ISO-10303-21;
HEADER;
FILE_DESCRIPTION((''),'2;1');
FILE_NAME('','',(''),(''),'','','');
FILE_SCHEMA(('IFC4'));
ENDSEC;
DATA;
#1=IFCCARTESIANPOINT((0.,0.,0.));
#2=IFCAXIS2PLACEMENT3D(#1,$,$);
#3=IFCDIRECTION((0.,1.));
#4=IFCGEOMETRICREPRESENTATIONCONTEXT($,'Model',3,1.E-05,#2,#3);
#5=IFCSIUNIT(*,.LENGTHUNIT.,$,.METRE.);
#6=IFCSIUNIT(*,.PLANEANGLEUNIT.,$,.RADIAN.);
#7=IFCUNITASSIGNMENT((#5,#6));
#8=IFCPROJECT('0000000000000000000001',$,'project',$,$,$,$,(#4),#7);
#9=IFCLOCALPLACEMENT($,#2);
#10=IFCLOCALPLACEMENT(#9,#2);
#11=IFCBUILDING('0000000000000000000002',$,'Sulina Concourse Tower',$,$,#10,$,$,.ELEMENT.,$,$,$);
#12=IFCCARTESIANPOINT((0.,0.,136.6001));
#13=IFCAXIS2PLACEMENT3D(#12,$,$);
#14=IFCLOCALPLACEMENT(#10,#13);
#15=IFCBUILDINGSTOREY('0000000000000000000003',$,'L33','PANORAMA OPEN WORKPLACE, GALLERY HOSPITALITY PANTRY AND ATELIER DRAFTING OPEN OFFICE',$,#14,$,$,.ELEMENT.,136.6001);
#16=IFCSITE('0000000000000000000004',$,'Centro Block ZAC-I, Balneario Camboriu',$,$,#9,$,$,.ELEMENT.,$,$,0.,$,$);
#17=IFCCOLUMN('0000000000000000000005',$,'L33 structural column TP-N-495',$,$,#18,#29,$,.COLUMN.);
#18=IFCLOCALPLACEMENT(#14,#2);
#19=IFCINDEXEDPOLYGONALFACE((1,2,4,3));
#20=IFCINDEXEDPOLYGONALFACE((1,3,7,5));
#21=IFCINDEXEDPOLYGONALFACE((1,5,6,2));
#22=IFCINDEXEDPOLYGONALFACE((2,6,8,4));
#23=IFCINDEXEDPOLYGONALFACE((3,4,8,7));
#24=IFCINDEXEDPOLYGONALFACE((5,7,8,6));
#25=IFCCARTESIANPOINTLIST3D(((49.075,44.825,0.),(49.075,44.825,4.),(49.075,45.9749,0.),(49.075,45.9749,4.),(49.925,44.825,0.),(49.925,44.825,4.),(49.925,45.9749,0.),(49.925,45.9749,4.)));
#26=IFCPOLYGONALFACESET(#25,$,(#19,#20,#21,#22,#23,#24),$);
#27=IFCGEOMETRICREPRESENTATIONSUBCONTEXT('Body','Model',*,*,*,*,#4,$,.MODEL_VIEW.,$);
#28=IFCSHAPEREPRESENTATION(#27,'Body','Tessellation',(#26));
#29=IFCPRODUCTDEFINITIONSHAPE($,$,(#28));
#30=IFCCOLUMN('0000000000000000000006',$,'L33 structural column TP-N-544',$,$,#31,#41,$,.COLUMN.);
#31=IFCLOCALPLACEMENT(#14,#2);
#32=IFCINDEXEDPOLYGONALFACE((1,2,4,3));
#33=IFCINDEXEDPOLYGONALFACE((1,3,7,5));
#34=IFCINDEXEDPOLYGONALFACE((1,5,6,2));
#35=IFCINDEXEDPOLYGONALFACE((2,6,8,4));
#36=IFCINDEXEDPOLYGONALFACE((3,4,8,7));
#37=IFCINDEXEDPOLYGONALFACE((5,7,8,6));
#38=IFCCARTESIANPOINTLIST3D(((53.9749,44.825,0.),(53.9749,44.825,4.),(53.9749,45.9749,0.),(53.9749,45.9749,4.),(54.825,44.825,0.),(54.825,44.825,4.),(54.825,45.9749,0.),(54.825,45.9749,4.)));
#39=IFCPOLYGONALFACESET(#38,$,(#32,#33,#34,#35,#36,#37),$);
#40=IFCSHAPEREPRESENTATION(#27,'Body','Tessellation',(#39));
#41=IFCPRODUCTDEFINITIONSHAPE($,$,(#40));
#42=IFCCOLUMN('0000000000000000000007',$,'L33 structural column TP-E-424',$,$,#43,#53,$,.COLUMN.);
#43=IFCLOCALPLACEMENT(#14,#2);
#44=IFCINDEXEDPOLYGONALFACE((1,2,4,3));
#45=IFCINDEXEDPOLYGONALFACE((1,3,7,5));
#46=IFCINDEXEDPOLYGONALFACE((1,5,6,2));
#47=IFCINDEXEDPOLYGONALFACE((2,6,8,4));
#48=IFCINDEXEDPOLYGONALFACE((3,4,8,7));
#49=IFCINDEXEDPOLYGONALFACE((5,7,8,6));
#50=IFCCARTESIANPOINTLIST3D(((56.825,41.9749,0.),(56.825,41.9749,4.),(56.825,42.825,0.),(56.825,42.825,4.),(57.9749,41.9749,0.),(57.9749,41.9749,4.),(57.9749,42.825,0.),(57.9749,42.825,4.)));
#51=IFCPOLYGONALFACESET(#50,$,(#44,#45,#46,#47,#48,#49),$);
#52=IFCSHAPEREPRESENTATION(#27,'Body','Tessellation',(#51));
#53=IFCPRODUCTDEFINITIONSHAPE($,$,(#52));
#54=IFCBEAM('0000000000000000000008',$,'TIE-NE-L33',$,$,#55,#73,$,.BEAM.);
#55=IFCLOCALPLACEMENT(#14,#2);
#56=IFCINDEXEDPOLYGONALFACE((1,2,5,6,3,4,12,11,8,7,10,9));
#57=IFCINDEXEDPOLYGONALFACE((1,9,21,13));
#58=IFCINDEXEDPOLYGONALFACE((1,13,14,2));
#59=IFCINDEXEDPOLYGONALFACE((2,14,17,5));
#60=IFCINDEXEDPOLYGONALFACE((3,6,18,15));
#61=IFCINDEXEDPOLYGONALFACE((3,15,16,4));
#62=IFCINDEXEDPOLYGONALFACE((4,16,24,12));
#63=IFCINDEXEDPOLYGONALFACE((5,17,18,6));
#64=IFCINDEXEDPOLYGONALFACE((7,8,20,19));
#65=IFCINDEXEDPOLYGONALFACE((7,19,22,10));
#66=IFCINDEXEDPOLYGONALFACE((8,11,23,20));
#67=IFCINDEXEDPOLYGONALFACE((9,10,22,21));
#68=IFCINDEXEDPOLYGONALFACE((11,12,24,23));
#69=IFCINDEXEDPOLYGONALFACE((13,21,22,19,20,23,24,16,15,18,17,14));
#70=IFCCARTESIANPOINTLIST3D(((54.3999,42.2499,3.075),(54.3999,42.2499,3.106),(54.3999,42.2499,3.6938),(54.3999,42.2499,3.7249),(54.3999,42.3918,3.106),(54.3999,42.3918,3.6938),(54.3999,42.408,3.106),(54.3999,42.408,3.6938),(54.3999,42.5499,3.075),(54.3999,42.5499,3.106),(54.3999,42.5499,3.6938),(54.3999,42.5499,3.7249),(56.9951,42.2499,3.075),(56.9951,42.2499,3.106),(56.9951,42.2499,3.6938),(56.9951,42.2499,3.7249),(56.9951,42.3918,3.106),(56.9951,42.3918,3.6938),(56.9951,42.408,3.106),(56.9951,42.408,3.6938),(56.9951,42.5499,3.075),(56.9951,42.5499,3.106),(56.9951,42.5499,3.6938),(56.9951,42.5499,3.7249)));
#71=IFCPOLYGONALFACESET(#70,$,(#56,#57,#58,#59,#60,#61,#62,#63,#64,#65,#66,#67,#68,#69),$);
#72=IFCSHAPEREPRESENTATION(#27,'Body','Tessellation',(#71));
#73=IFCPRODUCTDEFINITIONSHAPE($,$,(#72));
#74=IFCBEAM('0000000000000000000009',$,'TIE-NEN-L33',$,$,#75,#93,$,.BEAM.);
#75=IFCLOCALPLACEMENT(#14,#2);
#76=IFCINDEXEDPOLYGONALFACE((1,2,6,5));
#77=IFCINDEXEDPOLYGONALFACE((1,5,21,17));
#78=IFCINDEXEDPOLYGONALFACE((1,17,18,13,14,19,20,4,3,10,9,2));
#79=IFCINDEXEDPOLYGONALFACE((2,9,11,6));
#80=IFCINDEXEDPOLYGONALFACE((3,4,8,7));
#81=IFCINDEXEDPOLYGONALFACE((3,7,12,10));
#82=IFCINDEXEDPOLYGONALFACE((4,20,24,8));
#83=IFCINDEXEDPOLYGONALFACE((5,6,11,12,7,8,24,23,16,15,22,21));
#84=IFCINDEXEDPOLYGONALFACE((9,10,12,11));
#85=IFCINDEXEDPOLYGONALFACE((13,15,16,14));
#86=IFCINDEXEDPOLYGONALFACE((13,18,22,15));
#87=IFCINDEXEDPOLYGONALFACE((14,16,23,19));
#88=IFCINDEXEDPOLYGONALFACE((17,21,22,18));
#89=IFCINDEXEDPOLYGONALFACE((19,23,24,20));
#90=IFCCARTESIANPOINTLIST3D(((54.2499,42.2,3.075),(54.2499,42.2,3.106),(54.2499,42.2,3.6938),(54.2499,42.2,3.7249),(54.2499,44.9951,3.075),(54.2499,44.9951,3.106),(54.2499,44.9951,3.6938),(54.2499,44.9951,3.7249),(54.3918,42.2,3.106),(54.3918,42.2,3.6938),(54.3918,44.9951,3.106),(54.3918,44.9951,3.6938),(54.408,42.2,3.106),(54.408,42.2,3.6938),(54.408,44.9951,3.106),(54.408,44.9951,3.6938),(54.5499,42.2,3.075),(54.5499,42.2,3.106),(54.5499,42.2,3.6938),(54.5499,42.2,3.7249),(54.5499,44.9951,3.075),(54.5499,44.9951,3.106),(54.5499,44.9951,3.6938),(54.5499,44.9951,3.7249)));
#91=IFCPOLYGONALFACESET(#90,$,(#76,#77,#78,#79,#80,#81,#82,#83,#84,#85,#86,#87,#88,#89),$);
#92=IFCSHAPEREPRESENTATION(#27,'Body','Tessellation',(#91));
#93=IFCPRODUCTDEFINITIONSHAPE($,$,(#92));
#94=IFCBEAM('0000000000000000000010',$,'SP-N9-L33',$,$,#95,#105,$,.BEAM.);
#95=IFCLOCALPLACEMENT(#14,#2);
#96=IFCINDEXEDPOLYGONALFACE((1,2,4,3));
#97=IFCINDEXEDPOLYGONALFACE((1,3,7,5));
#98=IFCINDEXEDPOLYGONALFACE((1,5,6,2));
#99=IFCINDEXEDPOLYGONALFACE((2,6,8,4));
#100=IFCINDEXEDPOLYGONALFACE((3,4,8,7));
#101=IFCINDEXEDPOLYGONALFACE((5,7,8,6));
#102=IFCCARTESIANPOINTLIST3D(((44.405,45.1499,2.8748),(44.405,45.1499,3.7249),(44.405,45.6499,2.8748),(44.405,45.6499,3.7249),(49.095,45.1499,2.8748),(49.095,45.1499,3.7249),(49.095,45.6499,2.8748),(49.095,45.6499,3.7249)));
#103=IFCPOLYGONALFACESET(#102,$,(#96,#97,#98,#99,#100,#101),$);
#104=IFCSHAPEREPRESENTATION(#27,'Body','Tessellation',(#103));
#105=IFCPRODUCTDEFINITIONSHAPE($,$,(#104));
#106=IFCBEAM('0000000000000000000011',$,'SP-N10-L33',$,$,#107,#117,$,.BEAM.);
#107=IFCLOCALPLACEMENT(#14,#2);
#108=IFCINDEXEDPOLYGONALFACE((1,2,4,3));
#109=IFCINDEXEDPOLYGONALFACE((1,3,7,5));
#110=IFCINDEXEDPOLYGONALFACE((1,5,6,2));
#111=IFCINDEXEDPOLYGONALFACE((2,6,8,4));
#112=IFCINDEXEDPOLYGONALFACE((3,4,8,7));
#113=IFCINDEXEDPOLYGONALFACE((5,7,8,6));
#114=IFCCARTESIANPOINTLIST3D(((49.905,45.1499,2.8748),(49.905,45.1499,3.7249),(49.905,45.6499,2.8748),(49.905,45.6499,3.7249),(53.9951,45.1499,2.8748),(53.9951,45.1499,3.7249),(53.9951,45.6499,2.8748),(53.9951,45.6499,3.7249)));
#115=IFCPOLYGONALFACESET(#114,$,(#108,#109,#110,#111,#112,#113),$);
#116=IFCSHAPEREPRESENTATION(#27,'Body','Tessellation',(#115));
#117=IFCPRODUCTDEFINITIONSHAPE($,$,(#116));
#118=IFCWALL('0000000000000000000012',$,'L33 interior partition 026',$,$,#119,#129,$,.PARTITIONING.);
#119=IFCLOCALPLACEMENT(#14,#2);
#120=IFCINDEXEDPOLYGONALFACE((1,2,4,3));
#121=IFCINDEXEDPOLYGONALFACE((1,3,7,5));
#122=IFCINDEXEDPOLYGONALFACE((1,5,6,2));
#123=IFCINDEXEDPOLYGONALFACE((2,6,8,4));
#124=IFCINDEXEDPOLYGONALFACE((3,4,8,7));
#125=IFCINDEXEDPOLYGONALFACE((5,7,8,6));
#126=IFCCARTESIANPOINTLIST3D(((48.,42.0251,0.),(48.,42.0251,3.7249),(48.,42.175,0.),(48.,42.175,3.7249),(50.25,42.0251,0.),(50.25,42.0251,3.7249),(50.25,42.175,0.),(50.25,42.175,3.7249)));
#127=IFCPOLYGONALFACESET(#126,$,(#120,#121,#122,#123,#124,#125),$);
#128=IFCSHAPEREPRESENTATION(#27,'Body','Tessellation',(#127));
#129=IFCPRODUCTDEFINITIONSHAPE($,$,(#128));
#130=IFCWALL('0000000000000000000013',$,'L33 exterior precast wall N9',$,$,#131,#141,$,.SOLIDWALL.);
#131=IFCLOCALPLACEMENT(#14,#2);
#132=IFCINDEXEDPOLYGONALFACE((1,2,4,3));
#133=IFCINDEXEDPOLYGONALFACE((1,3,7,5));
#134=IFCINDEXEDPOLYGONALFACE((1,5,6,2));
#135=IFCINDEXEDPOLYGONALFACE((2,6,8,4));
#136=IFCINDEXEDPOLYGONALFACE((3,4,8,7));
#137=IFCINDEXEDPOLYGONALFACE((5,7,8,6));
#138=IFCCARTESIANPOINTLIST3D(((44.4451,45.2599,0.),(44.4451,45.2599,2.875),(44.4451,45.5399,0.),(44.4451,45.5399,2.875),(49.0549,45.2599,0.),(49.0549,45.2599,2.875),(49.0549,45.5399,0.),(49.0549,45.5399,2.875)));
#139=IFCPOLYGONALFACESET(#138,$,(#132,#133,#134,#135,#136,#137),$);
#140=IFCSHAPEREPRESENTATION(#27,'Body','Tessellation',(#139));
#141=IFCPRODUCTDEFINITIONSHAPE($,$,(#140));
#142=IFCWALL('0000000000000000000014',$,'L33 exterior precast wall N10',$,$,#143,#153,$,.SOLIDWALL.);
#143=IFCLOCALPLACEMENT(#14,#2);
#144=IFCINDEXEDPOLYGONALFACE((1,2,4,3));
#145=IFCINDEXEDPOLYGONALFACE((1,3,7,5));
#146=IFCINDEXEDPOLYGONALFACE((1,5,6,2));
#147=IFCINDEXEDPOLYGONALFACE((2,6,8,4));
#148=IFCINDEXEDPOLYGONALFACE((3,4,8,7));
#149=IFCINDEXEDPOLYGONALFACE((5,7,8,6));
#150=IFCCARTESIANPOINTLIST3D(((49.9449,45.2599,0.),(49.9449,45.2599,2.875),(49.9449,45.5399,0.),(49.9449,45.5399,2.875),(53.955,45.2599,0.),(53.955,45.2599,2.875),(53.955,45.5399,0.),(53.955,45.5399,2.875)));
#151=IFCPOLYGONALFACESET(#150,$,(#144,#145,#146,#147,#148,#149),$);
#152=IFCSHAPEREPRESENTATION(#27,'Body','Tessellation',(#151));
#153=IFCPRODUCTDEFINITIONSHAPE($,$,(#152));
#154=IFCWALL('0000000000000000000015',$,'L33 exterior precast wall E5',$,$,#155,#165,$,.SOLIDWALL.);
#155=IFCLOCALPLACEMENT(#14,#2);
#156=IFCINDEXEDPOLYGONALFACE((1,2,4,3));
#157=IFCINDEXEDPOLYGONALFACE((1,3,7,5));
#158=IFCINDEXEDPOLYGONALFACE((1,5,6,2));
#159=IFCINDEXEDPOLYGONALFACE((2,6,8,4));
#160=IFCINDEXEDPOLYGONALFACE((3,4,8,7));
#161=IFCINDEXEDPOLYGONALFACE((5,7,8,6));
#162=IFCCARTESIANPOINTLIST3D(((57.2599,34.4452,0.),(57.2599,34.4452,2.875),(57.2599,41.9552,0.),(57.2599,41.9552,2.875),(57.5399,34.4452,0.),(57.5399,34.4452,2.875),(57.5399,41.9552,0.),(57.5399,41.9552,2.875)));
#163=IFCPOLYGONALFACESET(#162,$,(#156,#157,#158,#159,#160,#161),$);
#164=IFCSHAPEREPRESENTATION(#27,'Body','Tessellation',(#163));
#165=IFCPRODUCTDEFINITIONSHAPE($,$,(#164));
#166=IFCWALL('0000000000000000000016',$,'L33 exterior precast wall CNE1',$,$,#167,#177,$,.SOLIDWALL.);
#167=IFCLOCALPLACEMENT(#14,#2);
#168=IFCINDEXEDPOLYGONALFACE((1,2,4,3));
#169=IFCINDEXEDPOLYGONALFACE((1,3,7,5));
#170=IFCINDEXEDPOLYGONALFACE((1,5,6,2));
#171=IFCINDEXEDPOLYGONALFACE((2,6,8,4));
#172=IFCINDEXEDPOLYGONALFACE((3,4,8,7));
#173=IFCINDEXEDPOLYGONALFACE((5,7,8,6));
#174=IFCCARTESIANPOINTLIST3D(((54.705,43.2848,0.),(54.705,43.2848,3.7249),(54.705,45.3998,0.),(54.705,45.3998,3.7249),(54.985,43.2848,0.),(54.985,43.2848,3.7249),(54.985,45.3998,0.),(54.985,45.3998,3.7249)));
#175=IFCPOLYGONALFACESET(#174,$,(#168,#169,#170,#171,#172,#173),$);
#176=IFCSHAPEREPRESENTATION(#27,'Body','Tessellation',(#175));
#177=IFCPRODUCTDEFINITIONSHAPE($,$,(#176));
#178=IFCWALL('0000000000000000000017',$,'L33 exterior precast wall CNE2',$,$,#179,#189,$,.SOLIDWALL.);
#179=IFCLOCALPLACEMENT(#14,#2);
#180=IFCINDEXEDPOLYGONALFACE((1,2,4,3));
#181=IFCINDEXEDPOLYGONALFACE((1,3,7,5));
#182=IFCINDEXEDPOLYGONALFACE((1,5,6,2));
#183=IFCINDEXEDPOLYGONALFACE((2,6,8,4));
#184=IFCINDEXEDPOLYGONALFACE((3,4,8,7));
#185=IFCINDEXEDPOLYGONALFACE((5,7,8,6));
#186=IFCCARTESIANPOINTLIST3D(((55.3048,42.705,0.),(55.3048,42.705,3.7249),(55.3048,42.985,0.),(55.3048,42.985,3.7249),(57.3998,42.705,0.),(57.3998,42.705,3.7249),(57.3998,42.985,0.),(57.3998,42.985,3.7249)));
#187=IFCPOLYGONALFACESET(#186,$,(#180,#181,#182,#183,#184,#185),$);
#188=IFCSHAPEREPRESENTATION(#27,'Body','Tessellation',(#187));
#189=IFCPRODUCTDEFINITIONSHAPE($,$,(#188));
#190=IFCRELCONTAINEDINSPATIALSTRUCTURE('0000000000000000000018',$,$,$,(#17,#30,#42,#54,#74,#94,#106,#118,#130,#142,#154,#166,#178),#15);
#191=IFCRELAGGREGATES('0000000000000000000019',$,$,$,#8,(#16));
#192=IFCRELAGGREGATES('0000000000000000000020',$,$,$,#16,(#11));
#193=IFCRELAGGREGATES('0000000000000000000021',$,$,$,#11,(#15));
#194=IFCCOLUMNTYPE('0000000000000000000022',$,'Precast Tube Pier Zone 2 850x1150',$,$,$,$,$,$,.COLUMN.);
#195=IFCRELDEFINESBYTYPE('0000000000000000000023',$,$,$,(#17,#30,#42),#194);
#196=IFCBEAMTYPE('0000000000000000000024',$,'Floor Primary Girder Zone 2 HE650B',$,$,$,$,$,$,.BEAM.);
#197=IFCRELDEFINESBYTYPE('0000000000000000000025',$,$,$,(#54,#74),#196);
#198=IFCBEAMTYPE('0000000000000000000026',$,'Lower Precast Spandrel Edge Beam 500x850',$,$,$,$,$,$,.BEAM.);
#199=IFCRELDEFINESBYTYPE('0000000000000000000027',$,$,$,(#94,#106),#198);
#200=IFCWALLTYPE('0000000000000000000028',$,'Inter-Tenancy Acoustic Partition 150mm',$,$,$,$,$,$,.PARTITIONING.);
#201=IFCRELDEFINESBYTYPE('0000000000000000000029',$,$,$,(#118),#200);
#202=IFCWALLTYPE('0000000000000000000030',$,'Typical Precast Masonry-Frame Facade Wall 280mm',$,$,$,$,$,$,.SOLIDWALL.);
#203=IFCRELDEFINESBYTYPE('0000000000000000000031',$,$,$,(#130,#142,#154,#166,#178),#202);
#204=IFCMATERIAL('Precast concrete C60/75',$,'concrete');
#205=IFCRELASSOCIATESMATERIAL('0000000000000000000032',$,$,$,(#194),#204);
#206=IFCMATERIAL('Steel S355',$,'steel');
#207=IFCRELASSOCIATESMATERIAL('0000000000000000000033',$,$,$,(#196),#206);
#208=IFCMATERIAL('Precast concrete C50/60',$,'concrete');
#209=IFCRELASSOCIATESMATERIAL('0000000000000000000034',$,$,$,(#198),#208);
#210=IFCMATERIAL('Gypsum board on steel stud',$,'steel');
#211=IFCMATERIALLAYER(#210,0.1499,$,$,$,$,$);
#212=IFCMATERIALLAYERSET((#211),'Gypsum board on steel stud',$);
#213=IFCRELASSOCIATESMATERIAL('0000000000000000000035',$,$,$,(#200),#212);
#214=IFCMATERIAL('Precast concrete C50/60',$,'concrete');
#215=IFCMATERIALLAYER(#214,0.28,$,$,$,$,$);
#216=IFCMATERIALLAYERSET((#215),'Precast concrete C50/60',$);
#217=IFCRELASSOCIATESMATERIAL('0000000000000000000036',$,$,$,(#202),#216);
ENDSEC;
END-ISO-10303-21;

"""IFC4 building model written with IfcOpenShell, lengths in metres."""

from ifc_helpers import new_model, si_unit, direction, frame, frame_2d, origin, origin_2d, place, context, subcontext, project, spatial, rectangle, i_section, extrude, material, layer, layer_set, material_profile, profile_set, type_object, element, save


model = new_model("IFC4")

# Units and contexts
model_context = context("Model", 3, precision=1e-05, world=origin(), true_north=direction((0.0, 1.0)))
body_context = subcontext(model_context, "Body", "Model", "MODEL_VIEW")
ifc_project = project(units=[si_unit("LENGTHUNIT", "METRE"), si_unit("PLANEANGLEUNIT", "RADIAN")], contexts=[model_context])

# Site, building, storey
site_placement = place(None, origin())
site = spatial("IfcSite", under=ifc_project, at=site_placement, Name="Centro Block ZAC-I, Balneario Camboriu", CompositionType="ELEMENT", RefElevation=0.0)
building_placement = place(site_placement, origin())
building = spatial("IfcBuilding", under=site, at=building_placement, Name="Sulina Concourse Tower", CompositionType="ELEMENT")
storey_placement = place(building_placement, frame((0.0, 0.0, 136.6001)))
storey = spatial("IfcBuildingStorey", under=building, at=storey_placement, Name="L33", Description="PANORAMA OPEN WORKPLACE, GALLERY HOSPITALITY PANTRY AND ATELIER DRAFTING OPEN OFFICE", CompositionType="ELEMENT", Elevation=136.6001)

# Columns
ifc_material_1 = material(Name="Precast concrete C60/75", Category="concrete")
ifc_material_profile_1 = material_profile(ifc_material_1, rectangle(XDim=0.8501, YDim=1.1499, at=origin_2d()), Name="PC 850x1150")
ifc_profile_set_1 = profile_set([ifc_material_profile_1], Name="Precast concrete C60/75")
column_type = type_object("IfcColumnType", Name="Precast Tube Pier Zone 2 850x1150", PredefinedType="COLUMN", material=ifc_profile_set_1)
for number, where, z_axis, x_axis, name in (
    (1, (49.5, 45.3999, 0.0), (0.0, 0.0, 1.0), (1.0, 0.0, 0.0), "L33 structural column TP-N-495"),
    (2, (54.3999, 45.3999, 0.0), (0.0, 0.0, 1.0), (1.0, 0.0, 0.0), "L33 structural column TP-N-544"),
    (3, (57.3999, 42.3999, 0.0), (0.0, 0.0, 1.0), (0.0, 1.0, 0.0), "L33 structural column TP-E-424"),
):
    element("IfcColumn", number, at=place(storey_placement, frame(where, z_axis=z_axis, x_axis=x_axis)), inside=storey, type_object=column_type, Name=name, PredefinedType="COLUMN", context=body_context, shape_type="SweptSolid", body=[
        extrude(rectangle(XDim=0.8501, YDim=1.1499, at=origin_2d()), origin(), (0.0, 0.0, 1.0), 4.0),
    ])

# Beams
ifc_material_2 = material(Name="Steel S355", Category="steel")
ifc_material_profile_2 = material_profile(ifc_material_2, i_section(OverallWidth=0.3, OverallDepth=0.6499, WebThickness=0.0161, FlangeThickness=0.031, at=origin_2d()), Name="HE 650 B")
ifc_profile_set_2 = profile_set([ifc_material_profile_2], Name="Steel S355")
beam_type_1 = type_object("IfcBeamType", Name="Floor Primary Girder Zone 2 HE650B", PredefinedType="BEAM", material=ifc_profile_set_2)
beam_1_placement = place(storey_placement, frame((54.3999, 42.3999, 3.3999), z_axis=(1.0, 0.0, 0.0), x_axis=(0.0, 1.0, 0.0)))
element("IfcBeam", 4, at=beam_1_placement, inside=storey, type_object=beam_type_1, Name="TIE-NE-L33", PredefinedType="BEAM", context=body_context, shape_type="SweptSolid", body=[
    extrude(i_section(OverallWidth=0.3, OverallDepth=0.6499, WebThickness=0.0161, FlangeThickness=0.031, at=origin_2d()), origin(), (0.0, 0.0, 1.0), 2.5952),
])
beam_2_placement = place(storey_placement, frame((54.3999, 42.2, 3.3999), z_axis=(0.0, 1.0, 0.0), x_axis=(-1.0, 0.0, 0.0)))
element("IfcBeam", 5, at=beam_2_placement, inside=storey, type_object=beam_type_1, Name="TIE-NEN-L33", PredefinedType="BEAM", context=body_context, shape_type="SweptSolid", body=[
    extrude(i_section(OverallWidth=0.3, OverallDepth=0.6499, WebThickness=0.0161, FlangeThickness=0.031, at=origin_2d()), origin(), (0.0, 0.0, 1.0), 2.7952),
])
ifc_material_3 = material(Name="Precast concrete C50/60", Category="concrete")
ifc_material_profile_3 = material_profile(ifc_material_3, rectangle(XDim=0.5, YDim=0.8501, at=origin_2d()), Name="RC 500x850")
ifc_profile_set_3 = profile_set([ifc_material_profile_3], Name="Precast concrete C50/60")
beam_type_2 = type_object("IfcBeamType", Name="Lower Precast Spandrel Edge Beam 500x850", PredefinedType="BEAM", material=ifc_profile_set_3)
beam_3_placement = place(storey_placement, frame((44.405, 45.3999, 3.2998), z_axis=(1.0, 0.0, 0.0), x_axis=(0.0, 1.0, 0.0)))
element("IfcBeam", 6, at=beam_3_placement, inside=storey, type_object=beam_type_2, Name="SP-N9-L33", PredefinedType="BEAM", context=body_context, shape_type="SweptSolid", body=[
    extrude(rectangle(XDim=0.5, YDim=0.8501, at=origin_2d()), origin(), (0.0, 0.0, 1.0), 4.6899),
])
beam_4_placement = place(storey_placement, frame((49.905, 45.3999, 3.2998), z_axis=(1.0, 0.0, 0.0), x_axis=(0.0, 1.0, 0.0)))
element("IfcBeam", 7, at=beam_4_placement, inside=storey, type_object=beam_type_2, Name="SP-N10-L33", PredefinedType="BEAM", context=body_context, shape_type="SweptSolid", body=[
    extrude(rectangle(XDim=0.5, YDim=0.8501, at=origin_2d()), origin(), (0.0, 0.0, 1.0), 4.0901),
])

# Walls
ifc_material_4 = material(Name="Gypsum board on steel stud", Category="steel")
ifc_layer_1 = layer(ifc_material_4, 0.1499)
ifc_layer_set_1 = layer_set([ifc_layer_1], Name="Gypsum board on steel stud")
wall_type_1 = type_object("IfcWallType", Name="Inter-Tenancy Acoustic Partition 150mm", PredefinedType="PARTITIONING", material=ifc_layer_set_1)
wall_1_placement = place(storey_placement, frame((48.0, 42.1001, 0.0), z_axis=(0.0, 0.0, 1.0), x_axis=(1.0, 0.0, 0.0)))
element("IfcWall", 8, at=wall_1_placement, inside=storey, type_object=wall_type_1, Name="L33 interior partition 026", PredefinedType="PARTITIONING", context=body_context, shape_type="SweptSolid", body=[
    extrude(rectangle(XDim=2.25, YDim=0.1499, at=frame_2d((1.125, 0.0))), origin(), (0.0, 0.0, 1.0), 3.7249),
])
ifc_material_5 = material(Name="Precast concrete C50/60", Category="concrete")
ifc_layer_2 = layer(ifc_material_5, 0.28)
ifc_layer_set_2 = layer_set([ifc_layer_2], Name="Precast concrete C50/60")
wall_type_2 = type_object("IfcWallType", Name="Typical Precast Masonry-Frame Facade Wall 280mm", PredefinedType="SOLIDWALL", material=ifc_layer_set_2)
wall_2_placement = place(storey_placement, frame((44.4451, 45.3999, 0.0), z_axis=(0.0, 0.0, 1.0), x_axis=(1.0, 0.0, 0.0)))
element("IfcWall", 9, at=wall_2_placement, inside=storey, type_object=wall_type_2, Name="L33 exterior precast wall N9", PredefinedType="SOLIDWALL", context=body_context, shape_type="SweptSolid", body=[
    extrude(rectangle(XDim=4.6099, YDim=0.28, at=frame_2d((2.3049, 0.0))), origin(), (0.0, 0.0, 1.0), 2.875),
])
wall_3_placement = place(storey_placement, frame((49.9451, 45.3999, 0.0), z_axis=(0.0, 0.0, 1.0), x_axis=(1.0, 0.0, 0.0)))
element("IfcWall", 10, at=wall_3_placement, inside=storey, type_object=wall_type_2, Name="L33 exterior precast wall N10", PredefinedType="SOLIDWALL", context=body_context, shape_type="SweptSolid", body=[
    extrude(rectangle(XDim=4.01, YDim=0.28, at=frame_2d((2.0049, 0.0))), origin(), (0.0, 0.0, 1.0), 2.875),
])
wall_4_placement = place(storey_placement, frame((57.3999, 41.9551, 0.0), z_axis=(0.0, 0.0, 1.0), x_axis=(0.0, -1.0, 0.0)))
element("IfcWall", 11, at=wall_4_placement, inside=storey, type_object=wall_type_2, Name="L33 exterior precast wall E5", PredefinedType="SOLIDWALL", context=body_context, shape_type="SweptSolid", body=[
    extrude(rectangle(XDim=7.51, YDim=0.28, at=frame_2d((3.7549, 0.0))), origin(), (0.0, 0.0, 1.0), 2.875),
])
wall_5_placement = place(storey_placement, frame((54.845, 45.3999, 0.0), z_axis=(0.0, 0.0, 1.0), x_axis=(0.0, -1.0, 0.0)))
element("IfcWall", 12, at=wall_5_placement, inside=storey, type_object=wall_type_2, Name="L33 exterior precast wall CNE1", PredefinedType="SOLIDWALL", context=body_context, shape_type="SweptSolid", body=[
    extrude(rectangle(XDim=2.115, YDim=0.28, at=frame_2d((1.0576, 0.0))), origin(), (0.0, 0.0, 1.0), 3.7249),
])
wall_6_placement = place(storey_placement, frame((55.3049, 42.845, 0.0), z_axis=(0.0, 0.0, 1.0), x_axis=(1.0, 0.0, 0.0)))
element("IfcWall", 13, at=wall_6_placement, inside=storey, type_object=wall_type_2, Name="L33 exterior precast wall CNE2", PredefinedType="SOLIDWALL", context=body_context, shape_type="SweptSolid", body=[
    extrude(rectangle(XDim=2.095, YDim=0.28, at=frame_2d((1.0474, 0.0))), origin(), (0.0, 0.0, 1.0), 3.7249),
])

save(model, "model.ifc")
